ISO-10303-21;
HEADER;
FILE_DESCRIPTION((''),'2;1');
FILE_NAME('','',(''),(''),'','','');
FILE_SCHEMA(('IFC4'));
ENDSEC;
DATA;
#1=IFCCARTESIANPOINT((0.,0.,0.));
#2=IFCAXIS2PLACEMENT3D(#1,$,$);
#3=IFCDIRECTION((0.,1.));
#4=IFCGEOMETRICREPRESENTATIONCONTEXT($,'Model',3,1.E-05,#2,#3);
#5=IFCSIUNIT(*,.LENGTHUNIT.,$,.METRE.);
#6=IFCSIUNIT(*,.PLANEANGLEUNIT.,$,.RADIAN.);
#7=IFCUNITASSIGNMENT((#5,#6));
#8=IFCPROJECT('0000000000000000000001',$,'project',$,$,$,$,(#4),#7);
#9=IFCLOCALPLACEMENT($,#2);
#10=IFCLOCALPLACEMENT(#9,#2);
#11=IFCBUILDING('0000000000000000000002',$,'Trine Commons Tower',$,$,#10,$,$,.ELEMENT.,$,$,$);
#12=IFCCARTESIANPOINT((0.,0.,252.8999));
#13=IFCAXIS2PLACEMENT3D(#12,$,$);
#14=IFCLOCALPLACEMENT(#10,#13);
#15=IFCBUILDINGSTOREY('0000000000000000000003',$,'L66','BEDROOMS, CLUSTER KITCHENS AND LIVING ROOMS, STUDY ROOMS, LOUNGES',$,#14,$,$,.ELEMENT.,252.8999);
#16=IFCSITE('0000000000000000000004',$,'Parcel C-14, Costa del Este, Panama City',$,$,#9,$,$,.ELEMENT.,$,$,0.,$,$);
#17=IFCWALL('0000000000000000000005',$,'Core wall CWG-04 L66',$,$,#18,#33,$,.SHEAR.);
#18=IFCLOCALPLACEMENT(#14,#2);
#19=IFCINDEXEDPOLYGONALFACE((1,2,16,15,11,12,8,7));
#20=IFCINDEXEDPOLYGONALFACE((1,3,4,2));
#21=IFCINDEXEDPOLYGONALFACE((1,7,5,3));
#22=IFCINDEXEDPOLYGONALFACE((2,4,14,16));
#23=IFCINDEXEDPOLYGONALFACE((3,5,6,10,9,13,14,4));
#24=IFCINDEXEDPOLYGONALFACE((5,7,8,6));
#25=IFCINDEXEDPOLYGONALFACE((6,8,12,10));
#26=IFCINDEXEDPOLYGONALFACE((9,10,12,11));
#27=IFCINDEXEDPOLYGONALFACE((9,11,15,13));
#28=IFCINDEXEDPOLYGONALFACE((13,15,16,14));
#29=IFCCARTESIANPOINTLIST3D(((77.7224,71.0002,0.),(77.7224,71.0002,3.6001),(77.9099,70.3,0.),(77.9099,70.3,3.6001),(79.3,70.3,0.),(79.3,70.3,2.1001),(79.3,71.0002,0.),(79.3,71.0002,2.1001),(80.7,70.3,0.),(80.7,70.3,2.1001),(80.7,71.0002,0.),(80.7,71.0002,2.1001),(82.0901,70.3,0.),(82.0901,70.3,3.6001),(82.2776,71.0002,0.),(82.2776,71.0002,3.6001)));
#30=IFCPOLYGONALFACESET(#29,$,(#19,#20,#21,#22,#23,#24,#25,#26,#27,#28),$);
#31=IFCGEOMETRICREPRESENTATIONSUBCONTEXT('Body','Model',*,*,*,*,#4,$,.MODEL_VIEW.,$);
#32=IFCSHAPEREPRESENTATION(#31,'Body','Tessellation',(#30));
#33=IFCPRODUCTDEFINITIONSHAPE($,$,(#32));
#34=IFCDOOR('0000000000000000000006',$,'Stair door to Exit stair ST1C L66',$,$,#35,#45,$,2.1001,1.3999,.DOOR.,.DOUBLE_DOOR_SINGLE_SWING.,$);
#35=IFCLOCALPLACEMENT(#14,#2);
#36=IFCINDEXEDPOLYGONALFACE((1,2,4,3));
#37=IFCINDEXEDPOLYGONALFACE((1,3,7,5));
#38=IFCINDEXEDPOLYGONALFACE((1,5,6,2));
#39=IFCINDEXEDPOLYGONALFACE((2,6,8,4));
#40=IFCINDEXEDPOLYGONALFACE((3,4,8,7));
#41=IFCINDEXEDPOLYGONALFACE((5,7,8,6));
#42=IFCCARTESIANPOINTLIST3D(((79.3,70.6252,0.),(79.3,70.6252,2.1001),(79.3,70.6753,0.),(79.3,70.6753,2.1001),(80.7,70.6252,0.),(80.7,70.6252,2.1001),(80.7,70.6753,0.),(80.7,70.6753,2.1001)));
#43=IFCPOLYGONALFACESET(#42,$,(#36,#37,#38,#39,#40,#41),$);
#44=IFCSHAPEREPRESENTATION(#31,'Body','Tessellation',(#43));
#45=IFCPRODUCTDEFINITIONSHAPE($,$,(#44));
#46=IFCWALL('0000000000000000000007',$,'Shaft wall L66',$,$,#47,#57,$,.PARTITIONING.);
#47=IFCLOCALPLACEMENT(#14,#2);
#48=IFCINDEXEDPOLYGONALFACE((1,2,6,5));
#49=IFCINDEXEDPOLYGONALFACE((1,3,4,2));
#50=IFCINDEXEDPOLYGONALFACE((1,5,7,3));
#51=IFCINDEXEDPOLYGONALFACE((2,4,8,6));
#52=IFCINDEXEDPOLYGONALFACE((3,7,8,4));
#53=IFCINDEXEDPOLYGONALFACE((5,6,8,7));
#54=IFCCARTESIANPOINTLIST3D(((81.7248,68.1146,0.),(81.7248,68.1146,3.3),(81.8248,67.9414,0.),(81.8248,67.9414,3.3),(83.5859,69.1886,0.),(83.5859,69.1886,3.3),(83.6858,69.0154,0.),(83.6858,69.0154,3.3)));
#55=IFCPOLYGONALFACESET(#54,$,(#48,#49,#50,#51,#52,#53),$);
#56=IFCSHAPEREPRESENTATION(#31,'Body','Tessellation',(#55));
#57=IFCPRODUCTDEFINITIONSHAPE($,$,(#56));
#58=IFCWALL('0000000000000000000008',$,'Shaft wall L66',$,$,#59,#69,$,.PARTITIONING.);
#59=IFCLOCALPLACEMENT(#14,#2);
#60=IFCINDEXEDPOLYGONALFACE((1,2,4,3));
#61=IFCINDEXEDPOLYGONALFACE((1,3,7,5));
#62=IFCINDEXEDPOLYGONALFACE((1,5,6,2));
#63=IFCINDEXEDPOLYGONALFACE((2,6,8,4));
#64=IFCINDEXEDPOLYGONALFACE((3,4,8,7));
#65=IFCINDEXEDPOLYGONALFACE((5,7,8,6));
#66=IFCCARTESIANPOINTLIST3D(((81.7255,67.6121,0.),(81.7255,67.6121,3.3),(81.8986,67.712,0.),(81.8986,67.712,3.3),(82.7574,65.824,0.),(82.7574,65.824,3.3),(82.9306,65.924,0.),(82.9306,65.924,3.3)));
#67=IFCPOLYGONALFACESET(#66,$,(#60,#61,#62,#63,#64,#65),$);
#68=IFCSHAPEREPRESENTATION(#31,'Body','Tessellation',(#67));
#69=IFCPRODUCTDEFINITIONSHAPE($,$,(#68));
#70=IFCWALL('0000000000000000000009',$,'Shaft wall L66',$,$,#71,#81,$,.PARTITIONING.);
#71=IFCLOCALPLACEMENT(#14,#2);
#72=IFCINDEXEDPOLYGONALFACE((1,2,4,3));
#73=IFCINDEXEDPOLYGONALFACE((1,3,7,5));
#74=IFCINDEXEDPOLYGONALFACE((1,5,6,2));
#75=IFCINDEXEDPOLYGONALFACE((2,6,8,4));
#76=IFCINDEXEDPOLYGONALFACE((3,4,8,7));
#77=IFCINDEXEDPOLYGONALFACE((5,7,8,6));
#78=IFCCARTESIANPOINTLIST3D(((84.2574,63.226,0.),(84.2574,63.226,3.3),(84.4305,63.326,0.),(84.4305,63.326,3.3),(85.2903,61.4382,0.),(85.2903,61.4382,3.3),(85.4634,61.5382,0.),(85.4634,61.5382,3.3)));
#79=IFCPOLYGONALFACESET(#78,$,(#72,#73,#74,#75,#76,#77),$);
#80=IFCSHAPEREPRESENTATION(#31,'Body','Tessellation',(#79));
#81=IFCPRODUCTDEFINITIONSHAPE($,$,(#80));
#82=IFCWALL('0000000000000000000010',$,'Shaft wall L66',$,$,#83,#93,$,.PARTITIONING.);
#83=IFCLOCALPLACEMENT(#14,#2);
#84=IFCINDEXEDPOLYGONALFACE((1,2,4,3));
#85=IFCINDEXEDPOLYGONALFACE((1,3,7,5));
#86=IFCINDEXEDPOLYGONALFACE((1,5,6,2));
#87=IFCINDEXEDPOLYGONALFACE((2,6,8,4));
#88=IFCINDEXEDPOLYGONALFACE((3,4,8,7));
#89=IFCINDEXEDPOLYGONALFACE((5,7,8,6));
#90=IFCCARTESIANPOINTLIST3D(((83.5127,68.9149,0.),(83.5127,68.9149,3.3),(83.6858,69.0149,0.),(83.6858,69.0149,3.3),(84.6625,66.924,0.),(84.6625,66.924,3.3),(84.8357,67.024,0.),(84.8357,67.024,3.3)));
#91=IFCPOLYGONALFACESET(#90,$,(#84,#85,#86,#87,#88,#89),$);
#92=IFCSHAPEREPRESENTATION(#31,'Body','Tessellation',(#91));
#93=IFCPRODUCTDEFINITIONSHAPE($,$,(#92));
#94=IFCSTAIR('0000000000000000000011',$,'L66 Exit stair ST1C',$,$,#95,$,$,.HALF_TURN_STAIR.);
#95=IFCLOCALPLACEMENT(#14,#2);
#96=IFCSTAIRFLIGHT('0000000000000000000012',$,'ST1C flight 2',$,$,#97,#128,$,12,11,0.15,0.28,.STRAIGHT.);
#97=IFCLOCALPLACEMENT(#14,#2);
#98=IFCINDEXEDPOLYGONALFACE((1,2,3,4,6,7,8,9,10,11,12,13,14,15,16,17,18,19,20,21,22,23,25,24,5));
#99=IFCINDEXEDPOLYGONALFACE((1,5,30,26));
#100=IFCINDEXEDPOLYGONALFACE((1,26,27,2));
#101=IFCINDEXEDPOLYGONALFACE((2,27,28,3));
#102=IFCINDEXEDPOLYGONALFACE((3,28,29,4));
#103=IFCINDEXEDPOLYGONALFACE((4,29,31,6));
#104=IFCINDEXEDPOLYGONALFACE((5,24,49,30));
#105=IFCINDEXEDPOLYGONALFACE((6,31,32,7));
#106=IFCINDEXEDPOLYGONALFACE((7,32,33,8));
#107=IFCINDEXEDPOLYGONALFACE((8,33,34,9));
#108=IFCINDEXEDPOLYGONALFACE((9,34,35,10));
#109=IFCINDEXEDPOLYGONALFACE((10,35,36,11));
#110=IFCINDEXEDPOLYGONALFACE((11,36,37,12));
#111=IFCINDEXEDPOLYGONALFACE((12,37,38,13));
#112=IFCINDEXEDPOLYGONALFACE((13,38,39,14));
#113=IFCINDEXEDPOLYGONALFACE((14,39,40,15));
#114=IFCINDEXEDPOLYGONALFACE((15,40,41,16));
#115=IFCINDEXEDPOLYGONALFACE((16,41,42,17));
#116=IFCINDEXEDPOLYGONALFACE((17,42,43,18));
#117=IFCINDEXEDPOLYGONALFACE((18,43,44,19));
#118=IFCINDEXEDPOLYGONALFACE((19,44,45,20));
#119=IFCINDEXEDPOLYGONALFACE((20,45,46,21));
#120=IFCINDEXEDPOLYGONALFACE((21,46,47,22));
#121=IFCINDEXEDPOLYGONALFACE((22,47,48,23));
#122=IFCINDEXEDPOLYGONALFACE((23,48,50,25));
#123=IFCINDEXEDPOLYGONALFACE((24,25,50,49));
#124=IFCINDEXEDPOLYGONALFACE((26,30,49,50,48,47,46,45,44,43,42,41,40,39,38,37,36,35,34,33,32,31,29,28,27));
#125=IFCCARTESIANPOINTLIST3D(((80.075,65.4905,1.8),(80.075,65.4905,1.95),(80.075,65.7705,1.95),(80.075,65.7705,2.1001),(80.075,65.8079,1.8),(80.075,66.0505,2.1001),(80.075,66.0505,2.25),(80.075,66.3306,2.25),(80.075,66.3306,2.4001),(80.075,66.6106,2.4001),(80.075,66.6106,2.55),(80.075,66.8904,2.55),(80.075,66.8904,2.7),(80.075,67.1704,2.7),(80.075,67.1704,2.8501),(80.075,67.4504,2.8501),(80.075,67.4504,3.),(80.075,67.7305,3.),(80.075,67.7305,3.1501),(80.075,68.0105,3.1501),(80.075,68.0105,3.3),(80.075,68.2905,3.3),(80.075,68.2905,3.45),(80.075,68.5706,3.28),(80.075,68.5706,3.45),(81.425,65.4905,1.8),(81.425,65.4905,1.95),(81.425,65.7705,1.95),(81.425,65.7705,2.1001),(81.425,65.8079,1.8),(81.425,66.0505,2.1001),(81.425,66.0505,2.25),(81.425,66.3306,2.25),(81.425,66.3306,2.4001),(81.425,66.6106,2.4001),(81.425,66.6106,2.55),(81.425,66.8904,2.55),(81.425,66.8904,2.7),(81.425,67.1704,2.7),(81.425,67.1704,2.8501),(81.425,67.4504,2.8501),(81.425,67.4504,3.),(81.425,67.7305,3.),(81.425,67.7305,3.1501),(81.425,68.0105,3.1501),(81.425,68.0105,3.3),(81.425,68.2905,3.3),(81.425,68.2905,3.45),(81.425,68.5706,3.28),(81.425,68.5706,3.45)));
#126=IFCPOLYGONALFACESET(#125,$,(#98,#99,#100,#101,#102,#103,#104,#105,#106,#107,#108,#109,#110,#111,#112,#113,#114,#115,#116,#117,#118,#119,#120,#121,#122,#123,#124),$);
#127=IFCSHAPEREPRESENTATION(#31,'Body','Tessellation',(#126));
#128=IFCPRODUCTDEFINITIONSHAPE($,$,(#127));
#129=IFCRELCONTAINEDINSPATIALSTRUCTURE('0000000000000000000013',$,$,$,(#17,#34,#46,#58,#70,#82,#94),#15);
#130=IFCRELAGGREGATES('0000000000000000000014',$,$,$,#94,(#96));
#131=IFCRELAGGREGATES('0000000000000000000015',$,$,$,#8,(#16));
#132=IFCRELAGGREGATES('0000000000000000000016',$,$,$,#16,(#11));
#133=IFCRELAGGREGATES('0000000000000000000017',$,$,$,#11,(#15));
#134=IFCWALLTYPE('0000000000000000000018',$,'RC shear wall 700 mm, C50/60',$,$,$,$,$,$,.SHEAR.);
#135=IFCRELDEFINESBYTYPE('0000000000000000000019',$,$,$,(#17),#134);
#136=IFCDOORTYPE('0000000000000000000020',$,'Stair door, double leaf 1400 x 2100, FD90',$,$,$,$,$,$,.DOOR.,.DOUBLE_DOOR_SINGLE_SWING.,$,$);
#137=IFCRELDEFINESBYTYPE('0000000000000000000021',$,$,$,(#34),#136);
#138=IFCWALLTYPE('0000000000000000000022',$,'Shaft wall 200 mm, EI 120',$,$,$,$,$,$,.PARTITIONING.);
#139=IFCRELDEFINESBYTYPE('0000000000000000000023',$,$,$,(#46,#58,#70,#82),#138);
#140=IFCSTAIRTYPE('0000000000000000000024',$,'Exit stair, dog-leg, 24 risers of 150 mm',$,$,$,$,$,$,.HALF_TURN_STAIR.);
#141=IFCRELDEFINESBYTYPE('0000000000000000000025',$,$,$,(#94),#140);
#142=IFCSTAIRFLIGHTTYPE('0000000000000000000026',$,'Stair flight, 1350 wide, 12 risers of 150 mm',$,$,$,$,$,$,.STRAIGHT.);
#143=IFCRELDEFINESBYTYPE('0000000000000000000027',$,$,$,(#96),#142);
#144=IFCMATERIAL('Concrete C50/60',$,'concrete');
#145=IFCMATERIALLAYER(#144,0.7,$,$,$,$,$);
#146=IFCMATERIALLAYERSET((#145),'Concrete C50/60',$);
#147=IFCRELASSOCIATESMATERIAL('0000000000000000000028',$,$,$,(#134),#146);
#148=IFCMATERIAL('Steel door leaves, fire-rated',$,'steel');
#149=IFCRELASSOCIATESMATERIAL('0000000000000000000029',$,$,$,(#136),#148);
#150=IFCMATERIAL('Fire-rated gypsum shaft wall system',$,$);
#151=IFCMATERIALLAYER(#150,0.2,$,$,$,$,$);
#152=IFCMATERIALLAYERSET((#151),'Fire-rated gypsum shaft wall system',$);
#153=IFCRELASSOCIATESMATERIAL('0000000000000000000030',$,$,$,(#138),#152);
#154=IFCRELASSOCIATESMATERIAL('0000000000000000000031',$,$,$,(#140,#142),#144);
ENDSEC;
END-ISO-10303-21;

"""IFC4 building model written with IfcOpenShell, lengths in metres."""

from ifc_helpers import new_model, si_unit, direction, frame, frame_2d, origin, place, context, subcontext, project, spatial, polyline, rectangle, outline, extrude, material, layer, layer_set, type_object, element, fill, aggregate, save


model = new_model("IFC4")

# Units and contexts
model_context = context("Model", 3, precision=1e-05, world=origin(), true_north=direction((0.0, 1.0)))
body_context = subcontext(model_context, "Body", "Model", "MODEL_VIEW")
ifc_project = project(units=[si_unit("LENGTHUNIT", "METRE"), si_unit("PLANEANGLEUNIT", "RADIAN")], contexts=[model_context])

# Site, building, storey
site_placement = place(None, origin())
site = spatial("IfcSite", under=ifc_project, at=site_placement, Name="Parcel C-14, Costa del Este, Panama City", CompositionType="ELEMENT", RefElevation=0.0)
building_placement = place(site_placement, origin())
building = spatial("IfcBuilding", under=site, at=building_placement, Name="Trine Commons Tower", CompositionType="ELEMENT")
storey_placement = place(building_placement, frame((0.0, 0.0, 252.8999)))
storey = spatial("IfcBuildingStorey", under=building, at=storey_placement, Name="L66", Description="BEDROOMS, CLUSTER KITCHENS AND LIVING ROOMS, STUDY ROOMS, LOUNGES", CompositionType="ELEMENT", Elevation=252.8999)

# Shared definitions
ifc_material_1 = material(Name="Fire-rated gypsum shaft wall system")
ifc_material_2 = material(Name="Concrete C50/60", Category="concrete")

# Wall, opening, door
ifc_layer_1 = layer(ifc_material_2, 0.7)
ifc_layer_set_1 = layer_set([ifc_layer_1], Name="Concrete C50/60")
wall_type_1 = type_object("IfcWallType", Name="RC shear wall 700 mm, C50/60", PredefinedType="SHEAR", material=ifc_layer_set_1)
wall_1_placement = place(storey_placement, frame((82.2776, 70.6501, 0.0), z_axis=(0.0, 0.0, 1.0), x_axis=(-1.0, 0.0, 0.0)))
wall_1 = element("IfcWall", 1, at=wall_1_placement, inside=storey, type_object=wall_type_1, Name="Core wall CWG-04 L66", PredefinedType="SHEAR", context=body_context, shape_type="SweptSolid", body=[
    extrude(outline(polyline([(0.0, -0.3501), (4.5552, -0.3501), (4.3677, 0.3501), (0.1875, 0.3501), (0.0, -0.3501)])), origin(), (0.0, 0.0, 1.0), 3.6001),
])
opening_1_placement = place(wall_1_placement, frame((1.5776, 0.0, 0.0)))
opening_1 = element("IfcOpeningElement", 2, at=opening_1_placement, cuts=wall_1, PredefinedType="OPENING", context=body_context, shape_type="SweptSolid", body=[
    extrude(rectangle(XDim=1.3999, YDim=2.1001, at=frame_2d((0.7, 1.05))), frame((0.0, 0.3599, 0.0), z_axis=(0.0, -1.0, 0.0), x_axis=(1.0, 0.0, 0.0)), (0.0, 0.0, 1.0), 0.72),
])
ifc_material_3 = material(Name="Steel door leaves, fire-rated", Category="steel")
door_type_1 = type_object("IfcDoorType", Name="Stair door, double leaf 1400 x 2100, FD90", OperationType="DOUBLE_DOOR_SINGLE_SWING", PredefinedType="DOOR", material=ifc_material_3)
door_1_placement = place(opening_1_placement, origin())
door_1 = element("IfcDoor", 3, at=door_1_placement, inside=storey, type_object=door_type_1, Name="Stair door to Exit stair ST1C L66", OperationType="DOUBLE_DOOR_SINGLE_SWING", OverallHeight=2.1001, OverallWidth=1.3999, PredefinedType="DOOR", context=body_context, shape_type="SweptSolid", body=[
    extrude(rectangle(XDim=1.3999, YDim=2.1001, at=frame_2d((0.7, 1.05))), frame((0.0, 0.0249, 0.0), z_axis=(0.0, -1.0, 0.0), x_axis=(1.0, 0.0, 0.0)), (0.0, 0.0, 1.0), 0.05),
])
fill(opening_1, door_1)

# Walls
ifc_layer_2 = layer(ifc_material_1, 0.2)
ifc_layer_set_2 = layer_set([ifc_layer_2], Name="Fire-rated gypsum shaft wall system")
wall_type_2 = type_object("IfcWallType", Name="Shaft wall 200 mm, EI 120", PredefinedType="PARTITIONING", material=ifc_layer_set_2)
wall_2_placement = place(storey_placement, frame((81.7749, 68.0281, 0.0), z_axis=(0.0, 0.0, 1.0), x_axis=(0.866131, 0.499818, 0.0)))
element("IfcWall", 4, at=wall_2_placement, inside=storey, type_object=wall_type_2, Name="Shaft wall L66", PredefinedType="PARTITIONING", context=body_context, shape_type="SweptSolid", body=[
    extrude(rectangle(XDim=2.1487, YDim=0.2, at=frame_2d((1.0742, 0.0))), origin(), (0.0, 0.0, 1.0), 3.3),
])
wall_3_placement = place(storey_placement, frame((82.844, 65.874, 0.0), z_axis=(0.0, 0.0, 1.0), x_axis=(-0.499866, 0.866103, 0.0)))
element("IfcWall", 5, at=wall_3_placement, inside=storey, type_object=wall_type_2, Name="Shaft wall L66", PredefinedType="PARTITIONING", context=body_context, shape_type="SweptSolid", body=[
    extrude(rectangle(XDim=2.0645, YDim=0.2, at=frame_2d((1.0322, 0.0))), origin(), (0.0, 0.0, 1.0), 3.3),
])
wall_4_placement = place(storey_placement, frame((84.344, 63.2759, 0.0), z_axis=(0.0, 0.0, 1.0), x_axis=(0.500272, -0.865868, 0.0)))
element("IfcWall", 6, at=wall_4_placement, inside=storey, type_object=wall_type_2, Name="Shaft wall L66", PredefinedType="PARTITIONING", context=body_context, shape_type="SweptSolid", body=[
    extrude(rectangle(XDim=2.0647, YDim=0.2, at=frame_2d((1.0322, 0.0))), origin(), (0.0, 0.0, 1.0), 3.3),
])
wall_5_placement = place(storey_placement, frame((84.749, 66.9741, 0.0), z_axis=(0.0, 0.0, 1.0), x_axis=(-0.500136, 0.865947, 0.0)))
element("IfcWall", 7, at=wall_5_placement, inside=storey, type_object=wall_type_2, Name="Shaft wall L66", PredefinedType="PARTITIONING", context=body_context, shape_type="SweptSolid", body=[
    extrude(rectangle(XDim=2.2991, YDim=0.2, at=frame_2d((1.1494, 0.0))), origin(), (0.0, 0.0, 1.0), 3.3),
])

# Stair, stair flight
stair_type = type_object("IfcStairType", Name="Exit stair, dog-leg, 24 risers of 150 mm", PredefinedType="HALF_TURN_STAIR", material=ifc_material_2)
stair_placement = place(storey_placement, origin())
stair = element("IfcStair", 8, at=stair_placement, inside=storey, type_object=stair_type, Name="L66 Exit stair ST1C", PredefinedType="HALF_TURN_STAIR")
stair_flight_type = type_object("IfcStairFlightType", Name="Stair flight, 1350 wide, 12 risers of 150 mm", PredefinedType="STRAIGHT", material=ifc_material_2)
stair_flight_placement = place(storey_placement, frame((80.75, 65.4905, 1.8), z_axis=(0.0, 0.0, 1.0), x_axis=(0.0, 1.0, 0.0)))
stair_flight = element("IfcStairFlight", 9, at=stair_flight_placement, type_object=stair_flight_type, Name="ST1C flight 2", NumberOfRisers=12, NumberOfTreads=11, PredefinedType="STRAIGHT", RiserHeight=0.15, TreadLength=0.28, context=body_context, shape_type="SweptSolid", body=[
    extrude(outline(polyline([(0.0, 0.0), (0.0, 0.1499), (0.28, 0.1499), (0.28, 0.3), (0.5601, 0.3), (0.5601, 0.45), (0.8401, 0.45), (0.8401, 0.6001), (1.1201, 0.6001), (1.1201, 0.75), (1.3999, 0.75), (1.3999, 0.8999), (1.6799, 0.8999), (1.6799, 1.05), (1.96, 1.05), (1.96, 1.2), (2.24, 1.2), (2.24, 1.3501), (2.52, 1.3501), (2.52, 1.5), (2.8, 1.5), (2.8, 1.6499), (3.0801, 1.6499), (3.0801, 1.8), (3.0801, 1.48), (0.3174, 0.0), (0.0, 0.0)])), frame((0.0, 0.675, 0.0), z_axis=(0.0, -1.0, 0.0), x_axis=(1.0, 0.0, 0.0)), (0.0, 0.0, 1.0), 1.3501),
])
aggregate(stair, [stair_flight])

save(model, "model.ifc")
